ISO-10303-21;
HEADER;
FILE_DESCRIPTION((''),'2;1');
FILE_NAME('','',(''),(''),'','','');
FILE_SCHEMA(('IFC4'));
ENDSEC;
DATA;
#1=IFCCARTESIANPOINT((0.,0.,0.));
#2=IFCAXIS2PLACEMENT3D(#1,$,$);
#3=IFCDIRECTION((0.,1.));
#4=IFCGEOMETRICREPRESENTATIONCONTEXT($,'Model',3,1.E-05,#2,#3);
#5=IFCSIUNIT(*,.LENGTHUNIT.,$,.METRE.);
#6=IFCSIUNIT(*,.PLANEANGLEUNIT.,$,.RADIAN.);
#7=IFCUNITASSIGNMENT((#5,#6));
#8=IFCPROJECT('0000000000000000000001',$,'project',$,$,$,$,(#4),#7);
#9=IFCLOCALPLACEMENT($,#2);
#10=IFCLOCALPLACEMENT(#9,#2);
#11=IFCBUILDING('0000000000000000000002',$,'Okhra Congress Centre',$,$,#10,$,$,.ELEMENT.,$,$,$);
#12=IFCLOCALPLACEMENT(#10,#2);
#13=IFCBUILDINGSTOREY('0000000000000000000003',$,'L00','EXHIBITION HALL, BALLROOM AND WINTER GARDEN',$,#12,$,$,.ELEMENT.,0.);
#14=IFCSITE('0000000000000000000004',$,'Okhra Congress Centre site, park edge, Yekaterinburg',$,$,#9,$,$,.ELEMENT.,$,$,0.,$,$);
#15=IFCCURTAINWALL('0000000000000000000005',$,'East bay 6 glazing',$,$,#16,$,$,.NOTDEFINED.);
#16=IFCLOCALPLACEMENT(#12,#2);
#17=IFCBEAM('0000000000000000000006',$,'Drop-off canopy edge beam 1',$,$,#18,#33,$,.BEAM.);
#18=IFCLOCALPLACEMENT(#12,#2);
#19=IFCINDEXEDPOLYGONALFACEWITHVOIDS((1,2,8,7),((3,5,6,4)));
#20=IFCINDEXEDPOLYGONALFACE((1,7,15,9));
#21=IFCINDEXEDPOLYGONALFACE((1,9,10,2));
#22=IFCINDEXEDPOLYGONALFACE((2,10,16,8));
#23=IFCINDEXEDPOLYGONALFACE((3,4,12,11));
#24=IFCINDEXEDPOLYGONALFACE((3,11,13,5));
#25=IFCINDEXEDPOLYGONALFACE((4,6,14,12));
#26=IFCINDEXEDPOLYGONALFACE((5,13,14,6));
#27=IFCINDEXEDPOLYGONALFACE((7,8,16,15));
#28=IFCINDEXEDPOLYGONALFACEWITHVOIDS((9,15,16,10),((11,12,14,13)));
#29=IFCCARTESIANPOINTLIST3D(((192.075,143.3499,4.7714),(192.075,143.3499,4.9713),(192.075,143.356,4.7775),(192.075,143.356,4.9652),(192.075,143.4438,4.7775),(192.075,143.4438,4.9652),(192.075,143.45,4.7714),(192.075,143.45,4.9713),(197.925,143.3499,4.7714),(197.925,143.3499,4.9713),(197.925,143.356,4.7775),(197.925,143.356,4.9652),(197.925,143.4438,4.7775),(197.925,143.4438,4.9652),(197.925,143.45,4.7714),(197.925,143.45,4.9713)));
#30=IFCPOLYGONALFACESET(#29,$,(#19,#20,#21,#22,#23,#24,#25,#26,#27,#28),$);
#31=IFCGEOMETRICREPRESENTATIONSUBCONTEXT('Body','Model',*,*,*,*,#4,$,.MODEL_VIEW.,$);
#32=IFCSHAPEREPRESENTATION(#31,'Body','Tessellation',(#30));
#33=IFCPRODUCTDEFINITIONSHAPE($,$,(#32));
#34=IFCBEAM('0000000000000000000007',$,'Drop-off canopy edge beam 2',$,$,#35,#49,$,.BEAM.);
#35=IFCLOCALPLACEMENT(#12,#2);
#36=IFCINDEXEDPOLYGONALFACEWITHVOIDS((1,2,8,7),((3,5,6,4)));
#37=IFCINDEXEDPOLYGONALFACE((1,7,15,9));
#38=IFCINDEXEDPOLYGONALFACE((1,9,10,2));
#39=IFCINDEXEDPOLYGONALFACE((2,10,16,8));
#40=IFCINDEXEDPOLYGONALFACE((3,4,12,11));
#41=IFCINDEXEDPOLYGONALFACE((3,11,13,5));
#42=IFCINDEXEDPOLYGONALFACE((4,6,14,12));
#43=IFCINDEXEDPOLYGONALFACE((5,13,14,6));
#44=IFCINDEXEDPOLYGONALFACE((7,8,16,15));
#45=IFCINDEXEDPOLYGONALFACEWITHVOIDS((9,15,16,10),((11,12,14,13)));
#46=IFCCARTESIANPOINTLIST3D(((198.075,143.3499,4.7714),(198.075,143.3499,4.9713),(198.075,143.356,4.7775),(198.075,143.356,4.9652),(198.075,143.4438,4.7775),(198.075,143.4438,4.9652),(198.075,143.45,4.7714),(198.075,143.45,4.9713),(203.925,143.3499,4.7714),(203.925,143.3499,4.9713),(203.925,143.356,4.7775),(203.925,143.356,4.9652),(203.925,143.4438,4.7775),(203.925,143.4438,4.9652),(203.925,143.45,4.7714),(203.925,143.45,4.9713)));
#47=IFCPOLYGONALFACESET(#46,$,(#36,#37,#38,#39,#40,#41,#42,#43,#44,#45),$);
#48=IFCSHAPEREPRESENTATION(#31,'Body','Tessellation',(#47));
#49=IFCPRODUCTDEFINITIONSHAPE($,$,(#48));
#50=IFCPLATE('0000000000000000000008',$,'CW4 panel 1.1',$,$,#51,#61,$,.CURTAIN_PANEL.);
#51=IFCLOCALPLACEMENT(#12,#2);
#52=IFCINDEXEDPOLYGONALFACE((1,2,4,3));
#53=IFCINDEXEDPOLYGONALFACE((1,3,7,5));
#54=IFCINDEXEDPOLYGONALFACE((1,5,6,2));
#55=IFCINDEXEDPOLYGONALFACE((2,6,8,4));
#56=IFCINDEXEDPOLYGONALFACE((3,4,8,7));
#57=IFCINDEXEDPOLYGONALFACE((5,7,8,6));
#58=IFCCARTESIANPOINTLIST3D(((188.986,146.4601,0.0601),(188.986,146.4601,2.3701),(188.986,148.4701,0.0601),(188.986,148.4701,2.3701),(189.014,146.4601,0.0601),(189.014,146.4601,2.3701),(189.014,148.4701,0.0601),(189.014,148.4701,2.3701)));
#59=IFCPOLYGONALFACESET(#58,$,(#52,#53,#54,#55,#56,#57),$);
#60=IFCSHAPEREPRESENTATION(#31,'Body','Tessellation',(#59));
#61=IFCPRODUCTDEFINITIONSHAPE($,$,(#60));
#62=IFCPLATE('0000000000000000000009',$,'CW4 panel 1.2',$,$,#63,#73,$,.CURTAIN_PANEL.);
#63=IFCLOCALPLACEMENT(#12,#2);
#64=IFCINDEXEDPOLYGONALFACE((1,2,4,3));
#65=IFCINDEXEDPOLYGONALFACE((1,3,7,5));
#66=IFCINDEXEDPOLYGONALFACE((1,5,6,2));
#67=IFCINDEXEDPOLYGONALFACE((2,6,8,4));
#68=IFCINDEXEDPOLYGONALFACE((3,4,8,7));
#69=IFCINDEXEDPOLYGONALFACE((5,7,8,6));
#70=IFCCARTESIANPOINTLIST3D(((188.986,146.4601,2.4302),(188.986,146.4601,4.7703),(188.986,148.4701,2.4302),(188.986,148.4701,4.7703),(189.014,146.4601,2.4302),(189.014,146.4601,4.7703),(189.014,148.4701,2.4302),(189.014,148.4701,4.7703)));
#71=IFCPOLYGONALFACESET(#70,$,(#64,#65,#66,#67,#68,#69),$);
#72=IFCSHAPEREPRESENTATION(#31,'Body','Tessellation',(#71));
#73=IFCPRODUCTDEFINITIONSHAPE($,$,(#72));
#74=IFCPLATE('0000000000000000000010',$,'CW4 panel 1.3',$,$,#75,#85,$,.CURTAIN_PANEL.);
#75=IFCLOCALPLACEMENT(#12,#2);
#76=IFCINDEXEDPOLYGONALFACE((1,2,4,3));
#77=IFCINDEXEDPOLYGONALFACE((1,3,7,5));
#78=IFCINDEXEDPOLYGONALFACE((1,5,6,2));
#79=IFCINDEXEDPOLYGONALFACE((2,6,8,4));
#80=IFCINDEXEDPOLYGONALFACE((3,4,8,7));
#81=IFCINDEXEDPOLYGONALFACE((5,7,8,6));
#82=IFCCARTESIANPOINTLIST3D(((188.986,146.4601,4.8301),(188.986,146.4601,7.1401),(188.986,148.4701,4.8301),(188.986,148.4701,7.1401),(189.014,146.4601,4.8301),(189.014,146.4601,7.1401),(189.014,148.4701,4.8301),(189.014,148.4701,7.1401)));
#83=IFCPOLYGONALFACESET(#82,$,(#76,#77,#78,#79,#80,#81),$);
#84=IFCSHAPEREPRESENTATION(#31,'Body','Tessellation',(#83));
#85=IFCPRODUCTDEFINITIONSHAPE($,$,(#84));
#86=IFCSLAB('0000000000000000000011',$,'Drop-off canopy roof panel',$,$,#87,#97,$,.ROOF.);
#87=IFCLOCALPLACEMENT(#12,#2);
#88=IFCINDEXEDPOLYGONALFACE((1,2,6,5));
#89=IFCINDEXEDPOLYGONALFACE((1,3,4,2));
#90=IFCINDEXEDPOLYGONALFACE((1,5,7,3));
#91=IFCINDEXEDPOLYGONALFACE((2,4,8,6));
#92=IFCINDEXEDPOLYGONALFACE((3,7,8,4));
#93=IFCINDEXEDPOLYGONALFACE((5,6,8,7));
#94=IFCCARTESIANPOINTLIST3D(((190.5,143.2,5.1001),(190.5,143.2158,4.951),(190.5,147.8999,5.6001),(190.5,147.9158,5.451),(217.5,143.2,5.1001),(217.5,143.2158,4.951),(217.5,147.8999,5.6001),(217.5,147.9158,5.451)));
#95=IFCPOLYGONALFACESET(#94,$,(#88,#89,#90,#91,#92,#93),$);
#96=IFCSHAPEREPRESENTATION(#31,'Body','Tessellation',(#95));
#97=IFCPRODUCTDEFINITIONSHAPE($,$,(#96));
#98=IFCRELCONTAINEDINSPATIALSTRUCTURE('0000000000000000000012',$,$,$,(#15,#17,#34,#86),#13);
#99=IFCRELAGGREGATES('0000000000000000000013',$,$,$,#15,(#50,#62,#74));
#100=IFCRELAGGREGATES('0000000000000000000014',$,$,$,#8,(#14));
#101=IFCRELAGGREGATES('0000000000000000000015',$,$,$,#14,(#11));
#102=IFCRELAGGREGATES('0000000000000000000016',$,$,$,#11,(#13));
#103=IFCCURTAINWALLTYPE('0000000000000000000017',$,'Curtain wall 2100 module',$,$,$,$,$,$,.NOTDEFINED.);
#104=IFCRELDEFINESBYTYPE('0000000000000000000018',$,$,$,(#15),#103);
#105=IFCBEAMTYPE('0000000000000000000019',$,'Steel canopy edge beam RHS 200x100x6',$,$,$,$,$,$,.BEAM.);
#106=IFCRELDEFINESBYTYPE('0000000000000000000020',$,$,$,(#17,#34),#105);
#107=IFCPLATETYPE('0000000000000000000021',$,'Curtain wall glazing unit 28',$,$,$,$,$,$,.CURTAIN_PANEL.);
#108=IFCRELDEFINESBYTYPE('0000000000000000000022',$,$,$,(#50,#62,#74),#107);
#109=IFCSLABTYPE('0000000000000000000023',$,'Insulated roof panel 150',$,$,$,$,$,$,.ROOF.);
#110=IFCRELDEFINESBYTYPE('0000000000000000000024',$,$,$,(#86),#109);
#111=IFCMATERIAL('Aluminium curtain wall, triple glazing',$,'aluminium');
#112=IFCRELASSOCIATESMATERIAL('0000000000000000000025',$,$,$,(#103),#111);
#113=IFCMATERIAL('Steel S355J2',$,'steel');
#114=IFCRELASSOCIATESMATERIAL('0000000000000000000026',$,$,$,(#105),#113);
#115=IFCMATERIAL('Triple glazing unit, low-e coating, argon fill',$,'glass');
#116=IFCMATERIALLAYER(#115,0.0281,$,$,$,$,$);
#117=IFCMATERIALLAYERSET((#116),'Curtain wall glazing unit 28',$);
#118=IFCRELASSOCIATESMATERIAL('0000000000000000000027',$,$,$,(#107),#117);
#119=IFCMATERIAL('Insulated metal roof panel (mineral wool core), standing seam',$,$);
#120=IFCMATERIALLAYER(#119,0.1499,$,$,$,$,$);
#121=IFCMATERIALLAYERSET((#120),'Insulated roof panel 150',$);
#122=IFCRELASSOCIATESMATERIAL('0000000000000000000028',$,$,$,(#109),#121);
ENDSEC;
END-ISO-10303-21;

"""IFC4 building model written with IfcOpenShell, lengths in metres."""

from ifc_helpers import new_model, si_unit, direction, frame, origin, origin_2d, place, context, subcontext, project, spatial, polyline, rectangle, hollow_rectangle, outline, extrude, material, layer, layer_set, material_profile, profile_set, type_object, element, aggregate, save


model = new_model("IFC4")

# Units and contexts
model_context = context("Model", 3, precision=1e-05, world=origin(), true_north=direction((0.0, 1.0)))
body_context = subcontext(model_context, "Body", "Model", "MODEL_VIEW")
ifc_project = project(units=[si_unit("LENGTHUNIT", "METRE"), si_unit("PLANEANGLEUNIT", "RADIAN")], contexts=[model_context])

# Site, building, storey
site_placement = place(None, origin())
site = spatial("IfcSite", under=ifc_project, at=site_placement, Name="Okhra Congress Centre site, park edge, Yekaterinburg", CompositionType="ELEMENT", RefElevation=0.0)
building_placement = place(site_placement, origin())
building = spatial("IfcBuilding", under=site, at=building_placement, Name="Okhra Congress Centre", CompositionType="ELEMENT")
storey_placement = place(building_placement, origin())
storey = spatial("IfcBuildingStorey", under=building, at=storey_placement, Name="L00", Description="EXHIBITION HALL, BALLROOM AND WINTER GARDEN", CompositionType="ELEMENT", Elevation=0.0)

# Shared definitions
ifc_material_1 = material(Name="Steel S355J2", Category="steel")

# Curtain wall
ifc_material_2 = material(Name="Aluminium curtain wall, triple glazing", Category="aluminium")
curtain_wall_type = type_object("IfcCurtainWallType", Name="Curtain wall 2100 module", PredefinedType="NOTDEFINED", material=ifc_material_2)
curtain_wall_placement = place(storey_placement, origin())
curtain_wall = element("IfcCurtainWall", 1, at=curtain_wall_placement, inside=storey, type_object=curtain_wall_type, Name="East bay 6 glazing", PredefinedType="NOTDEFINED")

# Beams
ifc_material_profile_1 = material_profile(ifc_material_1, hollow_rectangle(XDim=0.1001, YDim=0.2, WallThickness=0.0061, at=origin_2d()), Name="RHS 200x100x6")
ifc_profile_set_1 = profile_set([ifc_material_profile_1], Name="Steel S355J2")
beam_type_1 = type_object("IfcBeamType", Name="Steel canopy edge beam RHS 200x100x6", PredefinedType="BEAM", material=ifc_profile_set_1)
for number, where, z_axis, x_axis, name in (
    (2, (192.075, 143.3999, 4.8713), (1.0, 0.0, 0.0), (0.0, 1.0, 0.0), "Drop-off canopy edge beam 1"),
    (3, (198.075, 143.3999, 4.8713), (1.0, 0.0, 0.0), (0.0, 1.0, 0.0), "Drop-off canopy edge beam 2"),
):
    element("IfcBeam", number, at=place(storey_placement, frame(where, z_axis=z_axis, x_axis=x_axis)), inside=storey, type_object=beam_type_1, Name=name, PredefinedType="BEAM", context=body_context, shape_type="SweptSolid", body=[
        extrude(hollow_rectangle(XDim=0.1001, YDim=0.2, WallThickness=0.0061, at=origin_2d()), origin(), (0.0, 0.0, 1.0), 5.8501),
    ])

# Plates
ifc_material_3 = material(Name="Triple glazing unit, low-e coating, argon fill", Category="glass")
ifc_layer_1 = layer(ifc_material_3, 0.0281)
ifc_layer_set_1 = layer_set([ifc_layer_1], Name="Curtain wall glazing unit 28")
plate_type = type_object("IfcPlateType", Name="Curtain wall glazing unit 28", PredefinedType="CURTAIN_PANEL", material=ifc_layer_set_1)
plate_1_placement = place(storey_placement, frame((189.0, 147.4651, 0.0601), z_axis=(0.0, 0.0, 1.0), x_axis=(0.0, 1.0, 0.0)))
plate_1 = element("IfcPlate", 4, at=plate_1_placement, type_object=plate_type, Name="CW4 panel 1.1", PredefinedType="CURTAIN_PANEL", context=body_context, shape_type="SweptSolid", body=[
    extrude(rectangle(XDim=2.01, YDim=0.0281, at=origin_2d()), origin(), (0.0, 0.0, 1.0), 2.3101),
])
plate_2_placement = place(storey_placement, frame((189.0, 147.4651, 2.4302), z_axis=(0.0, 0.0, 1.0), x_axis=(0.0, 1.0, 0.0)))
plate_2 = element("IfcPlate", 5, at=plate_2_placement, type_object=plate_type, Name="CW4 panel 1.2", PredefinedType="CURTAIN_PANEL", context=body_context, shape_type="SweptSolid", body=[
    extrude(rectangle(XDim=2.01, YDim=0.0281, at=origin_2d()), origin(), (0.0, 0.0, 1.0), 2.3401),
])
plate_3_placement = place(storey_placement, frame((189.0, 147.4651, 4.8301), z_axis=(0.0, 0.0, 1.0), x_axis=(0.0, 1.0, 0.0)))
plate_3 = element("IfcPlate", 6, at=plate_3_placement, type_object=plate_type, Name="CW4 panel 1.3", PredefinedType="CURTAIN_PANEL", context=body_context, shape_type="SweptSolid", body=[
    extrude(rectangle(XDim=2.01, YDim=0.0281, at=origin_2d()), origin(), (0.0, 0.0, 1.0), 2.3101),
])
aggregate(curtain_wall, [plate_1, plate_2, plate_3])

# Slab
ifc_material_4 = material(Name="Insulated metal roof panel (mineral wool core), standing seam")
ifc_layer_2 = layer(ifc_material_4, 0.1499)
ifc_layer_set_2 = layer_set([ifc_layer_2], Name="Insulated roof panel 150")
slab_type = type_object("IfcSlabType", Name="Insulated roof panel 150", PredefinedType="ROOF", material=ifc_layer_set_2)
slab_placement = place(storey_placement, frame((190.5, 143.2, 5.1001), z_axis=(0.0, -0.105787, 0.994389), x_axis=(1.0, 0.0, 0.0)))
element("IfcSlab", 7, at=slab_placement, inside=storey, type_object=slab_type, Name="Drop-off canopy roof panel", PredefinedType="ROOF", context=body_context, shape_type="SweptSolid", body=[
    extrude(outline(polyline([(0.0, 0.0), (27.0, 0.0), (27.0, 4.7265), (0.0, 4.7265), (0.0, 0.0)])), origin(), (0.0, 0.0, -1.0), 0.1499),
])

save(model, "model.ifc")
